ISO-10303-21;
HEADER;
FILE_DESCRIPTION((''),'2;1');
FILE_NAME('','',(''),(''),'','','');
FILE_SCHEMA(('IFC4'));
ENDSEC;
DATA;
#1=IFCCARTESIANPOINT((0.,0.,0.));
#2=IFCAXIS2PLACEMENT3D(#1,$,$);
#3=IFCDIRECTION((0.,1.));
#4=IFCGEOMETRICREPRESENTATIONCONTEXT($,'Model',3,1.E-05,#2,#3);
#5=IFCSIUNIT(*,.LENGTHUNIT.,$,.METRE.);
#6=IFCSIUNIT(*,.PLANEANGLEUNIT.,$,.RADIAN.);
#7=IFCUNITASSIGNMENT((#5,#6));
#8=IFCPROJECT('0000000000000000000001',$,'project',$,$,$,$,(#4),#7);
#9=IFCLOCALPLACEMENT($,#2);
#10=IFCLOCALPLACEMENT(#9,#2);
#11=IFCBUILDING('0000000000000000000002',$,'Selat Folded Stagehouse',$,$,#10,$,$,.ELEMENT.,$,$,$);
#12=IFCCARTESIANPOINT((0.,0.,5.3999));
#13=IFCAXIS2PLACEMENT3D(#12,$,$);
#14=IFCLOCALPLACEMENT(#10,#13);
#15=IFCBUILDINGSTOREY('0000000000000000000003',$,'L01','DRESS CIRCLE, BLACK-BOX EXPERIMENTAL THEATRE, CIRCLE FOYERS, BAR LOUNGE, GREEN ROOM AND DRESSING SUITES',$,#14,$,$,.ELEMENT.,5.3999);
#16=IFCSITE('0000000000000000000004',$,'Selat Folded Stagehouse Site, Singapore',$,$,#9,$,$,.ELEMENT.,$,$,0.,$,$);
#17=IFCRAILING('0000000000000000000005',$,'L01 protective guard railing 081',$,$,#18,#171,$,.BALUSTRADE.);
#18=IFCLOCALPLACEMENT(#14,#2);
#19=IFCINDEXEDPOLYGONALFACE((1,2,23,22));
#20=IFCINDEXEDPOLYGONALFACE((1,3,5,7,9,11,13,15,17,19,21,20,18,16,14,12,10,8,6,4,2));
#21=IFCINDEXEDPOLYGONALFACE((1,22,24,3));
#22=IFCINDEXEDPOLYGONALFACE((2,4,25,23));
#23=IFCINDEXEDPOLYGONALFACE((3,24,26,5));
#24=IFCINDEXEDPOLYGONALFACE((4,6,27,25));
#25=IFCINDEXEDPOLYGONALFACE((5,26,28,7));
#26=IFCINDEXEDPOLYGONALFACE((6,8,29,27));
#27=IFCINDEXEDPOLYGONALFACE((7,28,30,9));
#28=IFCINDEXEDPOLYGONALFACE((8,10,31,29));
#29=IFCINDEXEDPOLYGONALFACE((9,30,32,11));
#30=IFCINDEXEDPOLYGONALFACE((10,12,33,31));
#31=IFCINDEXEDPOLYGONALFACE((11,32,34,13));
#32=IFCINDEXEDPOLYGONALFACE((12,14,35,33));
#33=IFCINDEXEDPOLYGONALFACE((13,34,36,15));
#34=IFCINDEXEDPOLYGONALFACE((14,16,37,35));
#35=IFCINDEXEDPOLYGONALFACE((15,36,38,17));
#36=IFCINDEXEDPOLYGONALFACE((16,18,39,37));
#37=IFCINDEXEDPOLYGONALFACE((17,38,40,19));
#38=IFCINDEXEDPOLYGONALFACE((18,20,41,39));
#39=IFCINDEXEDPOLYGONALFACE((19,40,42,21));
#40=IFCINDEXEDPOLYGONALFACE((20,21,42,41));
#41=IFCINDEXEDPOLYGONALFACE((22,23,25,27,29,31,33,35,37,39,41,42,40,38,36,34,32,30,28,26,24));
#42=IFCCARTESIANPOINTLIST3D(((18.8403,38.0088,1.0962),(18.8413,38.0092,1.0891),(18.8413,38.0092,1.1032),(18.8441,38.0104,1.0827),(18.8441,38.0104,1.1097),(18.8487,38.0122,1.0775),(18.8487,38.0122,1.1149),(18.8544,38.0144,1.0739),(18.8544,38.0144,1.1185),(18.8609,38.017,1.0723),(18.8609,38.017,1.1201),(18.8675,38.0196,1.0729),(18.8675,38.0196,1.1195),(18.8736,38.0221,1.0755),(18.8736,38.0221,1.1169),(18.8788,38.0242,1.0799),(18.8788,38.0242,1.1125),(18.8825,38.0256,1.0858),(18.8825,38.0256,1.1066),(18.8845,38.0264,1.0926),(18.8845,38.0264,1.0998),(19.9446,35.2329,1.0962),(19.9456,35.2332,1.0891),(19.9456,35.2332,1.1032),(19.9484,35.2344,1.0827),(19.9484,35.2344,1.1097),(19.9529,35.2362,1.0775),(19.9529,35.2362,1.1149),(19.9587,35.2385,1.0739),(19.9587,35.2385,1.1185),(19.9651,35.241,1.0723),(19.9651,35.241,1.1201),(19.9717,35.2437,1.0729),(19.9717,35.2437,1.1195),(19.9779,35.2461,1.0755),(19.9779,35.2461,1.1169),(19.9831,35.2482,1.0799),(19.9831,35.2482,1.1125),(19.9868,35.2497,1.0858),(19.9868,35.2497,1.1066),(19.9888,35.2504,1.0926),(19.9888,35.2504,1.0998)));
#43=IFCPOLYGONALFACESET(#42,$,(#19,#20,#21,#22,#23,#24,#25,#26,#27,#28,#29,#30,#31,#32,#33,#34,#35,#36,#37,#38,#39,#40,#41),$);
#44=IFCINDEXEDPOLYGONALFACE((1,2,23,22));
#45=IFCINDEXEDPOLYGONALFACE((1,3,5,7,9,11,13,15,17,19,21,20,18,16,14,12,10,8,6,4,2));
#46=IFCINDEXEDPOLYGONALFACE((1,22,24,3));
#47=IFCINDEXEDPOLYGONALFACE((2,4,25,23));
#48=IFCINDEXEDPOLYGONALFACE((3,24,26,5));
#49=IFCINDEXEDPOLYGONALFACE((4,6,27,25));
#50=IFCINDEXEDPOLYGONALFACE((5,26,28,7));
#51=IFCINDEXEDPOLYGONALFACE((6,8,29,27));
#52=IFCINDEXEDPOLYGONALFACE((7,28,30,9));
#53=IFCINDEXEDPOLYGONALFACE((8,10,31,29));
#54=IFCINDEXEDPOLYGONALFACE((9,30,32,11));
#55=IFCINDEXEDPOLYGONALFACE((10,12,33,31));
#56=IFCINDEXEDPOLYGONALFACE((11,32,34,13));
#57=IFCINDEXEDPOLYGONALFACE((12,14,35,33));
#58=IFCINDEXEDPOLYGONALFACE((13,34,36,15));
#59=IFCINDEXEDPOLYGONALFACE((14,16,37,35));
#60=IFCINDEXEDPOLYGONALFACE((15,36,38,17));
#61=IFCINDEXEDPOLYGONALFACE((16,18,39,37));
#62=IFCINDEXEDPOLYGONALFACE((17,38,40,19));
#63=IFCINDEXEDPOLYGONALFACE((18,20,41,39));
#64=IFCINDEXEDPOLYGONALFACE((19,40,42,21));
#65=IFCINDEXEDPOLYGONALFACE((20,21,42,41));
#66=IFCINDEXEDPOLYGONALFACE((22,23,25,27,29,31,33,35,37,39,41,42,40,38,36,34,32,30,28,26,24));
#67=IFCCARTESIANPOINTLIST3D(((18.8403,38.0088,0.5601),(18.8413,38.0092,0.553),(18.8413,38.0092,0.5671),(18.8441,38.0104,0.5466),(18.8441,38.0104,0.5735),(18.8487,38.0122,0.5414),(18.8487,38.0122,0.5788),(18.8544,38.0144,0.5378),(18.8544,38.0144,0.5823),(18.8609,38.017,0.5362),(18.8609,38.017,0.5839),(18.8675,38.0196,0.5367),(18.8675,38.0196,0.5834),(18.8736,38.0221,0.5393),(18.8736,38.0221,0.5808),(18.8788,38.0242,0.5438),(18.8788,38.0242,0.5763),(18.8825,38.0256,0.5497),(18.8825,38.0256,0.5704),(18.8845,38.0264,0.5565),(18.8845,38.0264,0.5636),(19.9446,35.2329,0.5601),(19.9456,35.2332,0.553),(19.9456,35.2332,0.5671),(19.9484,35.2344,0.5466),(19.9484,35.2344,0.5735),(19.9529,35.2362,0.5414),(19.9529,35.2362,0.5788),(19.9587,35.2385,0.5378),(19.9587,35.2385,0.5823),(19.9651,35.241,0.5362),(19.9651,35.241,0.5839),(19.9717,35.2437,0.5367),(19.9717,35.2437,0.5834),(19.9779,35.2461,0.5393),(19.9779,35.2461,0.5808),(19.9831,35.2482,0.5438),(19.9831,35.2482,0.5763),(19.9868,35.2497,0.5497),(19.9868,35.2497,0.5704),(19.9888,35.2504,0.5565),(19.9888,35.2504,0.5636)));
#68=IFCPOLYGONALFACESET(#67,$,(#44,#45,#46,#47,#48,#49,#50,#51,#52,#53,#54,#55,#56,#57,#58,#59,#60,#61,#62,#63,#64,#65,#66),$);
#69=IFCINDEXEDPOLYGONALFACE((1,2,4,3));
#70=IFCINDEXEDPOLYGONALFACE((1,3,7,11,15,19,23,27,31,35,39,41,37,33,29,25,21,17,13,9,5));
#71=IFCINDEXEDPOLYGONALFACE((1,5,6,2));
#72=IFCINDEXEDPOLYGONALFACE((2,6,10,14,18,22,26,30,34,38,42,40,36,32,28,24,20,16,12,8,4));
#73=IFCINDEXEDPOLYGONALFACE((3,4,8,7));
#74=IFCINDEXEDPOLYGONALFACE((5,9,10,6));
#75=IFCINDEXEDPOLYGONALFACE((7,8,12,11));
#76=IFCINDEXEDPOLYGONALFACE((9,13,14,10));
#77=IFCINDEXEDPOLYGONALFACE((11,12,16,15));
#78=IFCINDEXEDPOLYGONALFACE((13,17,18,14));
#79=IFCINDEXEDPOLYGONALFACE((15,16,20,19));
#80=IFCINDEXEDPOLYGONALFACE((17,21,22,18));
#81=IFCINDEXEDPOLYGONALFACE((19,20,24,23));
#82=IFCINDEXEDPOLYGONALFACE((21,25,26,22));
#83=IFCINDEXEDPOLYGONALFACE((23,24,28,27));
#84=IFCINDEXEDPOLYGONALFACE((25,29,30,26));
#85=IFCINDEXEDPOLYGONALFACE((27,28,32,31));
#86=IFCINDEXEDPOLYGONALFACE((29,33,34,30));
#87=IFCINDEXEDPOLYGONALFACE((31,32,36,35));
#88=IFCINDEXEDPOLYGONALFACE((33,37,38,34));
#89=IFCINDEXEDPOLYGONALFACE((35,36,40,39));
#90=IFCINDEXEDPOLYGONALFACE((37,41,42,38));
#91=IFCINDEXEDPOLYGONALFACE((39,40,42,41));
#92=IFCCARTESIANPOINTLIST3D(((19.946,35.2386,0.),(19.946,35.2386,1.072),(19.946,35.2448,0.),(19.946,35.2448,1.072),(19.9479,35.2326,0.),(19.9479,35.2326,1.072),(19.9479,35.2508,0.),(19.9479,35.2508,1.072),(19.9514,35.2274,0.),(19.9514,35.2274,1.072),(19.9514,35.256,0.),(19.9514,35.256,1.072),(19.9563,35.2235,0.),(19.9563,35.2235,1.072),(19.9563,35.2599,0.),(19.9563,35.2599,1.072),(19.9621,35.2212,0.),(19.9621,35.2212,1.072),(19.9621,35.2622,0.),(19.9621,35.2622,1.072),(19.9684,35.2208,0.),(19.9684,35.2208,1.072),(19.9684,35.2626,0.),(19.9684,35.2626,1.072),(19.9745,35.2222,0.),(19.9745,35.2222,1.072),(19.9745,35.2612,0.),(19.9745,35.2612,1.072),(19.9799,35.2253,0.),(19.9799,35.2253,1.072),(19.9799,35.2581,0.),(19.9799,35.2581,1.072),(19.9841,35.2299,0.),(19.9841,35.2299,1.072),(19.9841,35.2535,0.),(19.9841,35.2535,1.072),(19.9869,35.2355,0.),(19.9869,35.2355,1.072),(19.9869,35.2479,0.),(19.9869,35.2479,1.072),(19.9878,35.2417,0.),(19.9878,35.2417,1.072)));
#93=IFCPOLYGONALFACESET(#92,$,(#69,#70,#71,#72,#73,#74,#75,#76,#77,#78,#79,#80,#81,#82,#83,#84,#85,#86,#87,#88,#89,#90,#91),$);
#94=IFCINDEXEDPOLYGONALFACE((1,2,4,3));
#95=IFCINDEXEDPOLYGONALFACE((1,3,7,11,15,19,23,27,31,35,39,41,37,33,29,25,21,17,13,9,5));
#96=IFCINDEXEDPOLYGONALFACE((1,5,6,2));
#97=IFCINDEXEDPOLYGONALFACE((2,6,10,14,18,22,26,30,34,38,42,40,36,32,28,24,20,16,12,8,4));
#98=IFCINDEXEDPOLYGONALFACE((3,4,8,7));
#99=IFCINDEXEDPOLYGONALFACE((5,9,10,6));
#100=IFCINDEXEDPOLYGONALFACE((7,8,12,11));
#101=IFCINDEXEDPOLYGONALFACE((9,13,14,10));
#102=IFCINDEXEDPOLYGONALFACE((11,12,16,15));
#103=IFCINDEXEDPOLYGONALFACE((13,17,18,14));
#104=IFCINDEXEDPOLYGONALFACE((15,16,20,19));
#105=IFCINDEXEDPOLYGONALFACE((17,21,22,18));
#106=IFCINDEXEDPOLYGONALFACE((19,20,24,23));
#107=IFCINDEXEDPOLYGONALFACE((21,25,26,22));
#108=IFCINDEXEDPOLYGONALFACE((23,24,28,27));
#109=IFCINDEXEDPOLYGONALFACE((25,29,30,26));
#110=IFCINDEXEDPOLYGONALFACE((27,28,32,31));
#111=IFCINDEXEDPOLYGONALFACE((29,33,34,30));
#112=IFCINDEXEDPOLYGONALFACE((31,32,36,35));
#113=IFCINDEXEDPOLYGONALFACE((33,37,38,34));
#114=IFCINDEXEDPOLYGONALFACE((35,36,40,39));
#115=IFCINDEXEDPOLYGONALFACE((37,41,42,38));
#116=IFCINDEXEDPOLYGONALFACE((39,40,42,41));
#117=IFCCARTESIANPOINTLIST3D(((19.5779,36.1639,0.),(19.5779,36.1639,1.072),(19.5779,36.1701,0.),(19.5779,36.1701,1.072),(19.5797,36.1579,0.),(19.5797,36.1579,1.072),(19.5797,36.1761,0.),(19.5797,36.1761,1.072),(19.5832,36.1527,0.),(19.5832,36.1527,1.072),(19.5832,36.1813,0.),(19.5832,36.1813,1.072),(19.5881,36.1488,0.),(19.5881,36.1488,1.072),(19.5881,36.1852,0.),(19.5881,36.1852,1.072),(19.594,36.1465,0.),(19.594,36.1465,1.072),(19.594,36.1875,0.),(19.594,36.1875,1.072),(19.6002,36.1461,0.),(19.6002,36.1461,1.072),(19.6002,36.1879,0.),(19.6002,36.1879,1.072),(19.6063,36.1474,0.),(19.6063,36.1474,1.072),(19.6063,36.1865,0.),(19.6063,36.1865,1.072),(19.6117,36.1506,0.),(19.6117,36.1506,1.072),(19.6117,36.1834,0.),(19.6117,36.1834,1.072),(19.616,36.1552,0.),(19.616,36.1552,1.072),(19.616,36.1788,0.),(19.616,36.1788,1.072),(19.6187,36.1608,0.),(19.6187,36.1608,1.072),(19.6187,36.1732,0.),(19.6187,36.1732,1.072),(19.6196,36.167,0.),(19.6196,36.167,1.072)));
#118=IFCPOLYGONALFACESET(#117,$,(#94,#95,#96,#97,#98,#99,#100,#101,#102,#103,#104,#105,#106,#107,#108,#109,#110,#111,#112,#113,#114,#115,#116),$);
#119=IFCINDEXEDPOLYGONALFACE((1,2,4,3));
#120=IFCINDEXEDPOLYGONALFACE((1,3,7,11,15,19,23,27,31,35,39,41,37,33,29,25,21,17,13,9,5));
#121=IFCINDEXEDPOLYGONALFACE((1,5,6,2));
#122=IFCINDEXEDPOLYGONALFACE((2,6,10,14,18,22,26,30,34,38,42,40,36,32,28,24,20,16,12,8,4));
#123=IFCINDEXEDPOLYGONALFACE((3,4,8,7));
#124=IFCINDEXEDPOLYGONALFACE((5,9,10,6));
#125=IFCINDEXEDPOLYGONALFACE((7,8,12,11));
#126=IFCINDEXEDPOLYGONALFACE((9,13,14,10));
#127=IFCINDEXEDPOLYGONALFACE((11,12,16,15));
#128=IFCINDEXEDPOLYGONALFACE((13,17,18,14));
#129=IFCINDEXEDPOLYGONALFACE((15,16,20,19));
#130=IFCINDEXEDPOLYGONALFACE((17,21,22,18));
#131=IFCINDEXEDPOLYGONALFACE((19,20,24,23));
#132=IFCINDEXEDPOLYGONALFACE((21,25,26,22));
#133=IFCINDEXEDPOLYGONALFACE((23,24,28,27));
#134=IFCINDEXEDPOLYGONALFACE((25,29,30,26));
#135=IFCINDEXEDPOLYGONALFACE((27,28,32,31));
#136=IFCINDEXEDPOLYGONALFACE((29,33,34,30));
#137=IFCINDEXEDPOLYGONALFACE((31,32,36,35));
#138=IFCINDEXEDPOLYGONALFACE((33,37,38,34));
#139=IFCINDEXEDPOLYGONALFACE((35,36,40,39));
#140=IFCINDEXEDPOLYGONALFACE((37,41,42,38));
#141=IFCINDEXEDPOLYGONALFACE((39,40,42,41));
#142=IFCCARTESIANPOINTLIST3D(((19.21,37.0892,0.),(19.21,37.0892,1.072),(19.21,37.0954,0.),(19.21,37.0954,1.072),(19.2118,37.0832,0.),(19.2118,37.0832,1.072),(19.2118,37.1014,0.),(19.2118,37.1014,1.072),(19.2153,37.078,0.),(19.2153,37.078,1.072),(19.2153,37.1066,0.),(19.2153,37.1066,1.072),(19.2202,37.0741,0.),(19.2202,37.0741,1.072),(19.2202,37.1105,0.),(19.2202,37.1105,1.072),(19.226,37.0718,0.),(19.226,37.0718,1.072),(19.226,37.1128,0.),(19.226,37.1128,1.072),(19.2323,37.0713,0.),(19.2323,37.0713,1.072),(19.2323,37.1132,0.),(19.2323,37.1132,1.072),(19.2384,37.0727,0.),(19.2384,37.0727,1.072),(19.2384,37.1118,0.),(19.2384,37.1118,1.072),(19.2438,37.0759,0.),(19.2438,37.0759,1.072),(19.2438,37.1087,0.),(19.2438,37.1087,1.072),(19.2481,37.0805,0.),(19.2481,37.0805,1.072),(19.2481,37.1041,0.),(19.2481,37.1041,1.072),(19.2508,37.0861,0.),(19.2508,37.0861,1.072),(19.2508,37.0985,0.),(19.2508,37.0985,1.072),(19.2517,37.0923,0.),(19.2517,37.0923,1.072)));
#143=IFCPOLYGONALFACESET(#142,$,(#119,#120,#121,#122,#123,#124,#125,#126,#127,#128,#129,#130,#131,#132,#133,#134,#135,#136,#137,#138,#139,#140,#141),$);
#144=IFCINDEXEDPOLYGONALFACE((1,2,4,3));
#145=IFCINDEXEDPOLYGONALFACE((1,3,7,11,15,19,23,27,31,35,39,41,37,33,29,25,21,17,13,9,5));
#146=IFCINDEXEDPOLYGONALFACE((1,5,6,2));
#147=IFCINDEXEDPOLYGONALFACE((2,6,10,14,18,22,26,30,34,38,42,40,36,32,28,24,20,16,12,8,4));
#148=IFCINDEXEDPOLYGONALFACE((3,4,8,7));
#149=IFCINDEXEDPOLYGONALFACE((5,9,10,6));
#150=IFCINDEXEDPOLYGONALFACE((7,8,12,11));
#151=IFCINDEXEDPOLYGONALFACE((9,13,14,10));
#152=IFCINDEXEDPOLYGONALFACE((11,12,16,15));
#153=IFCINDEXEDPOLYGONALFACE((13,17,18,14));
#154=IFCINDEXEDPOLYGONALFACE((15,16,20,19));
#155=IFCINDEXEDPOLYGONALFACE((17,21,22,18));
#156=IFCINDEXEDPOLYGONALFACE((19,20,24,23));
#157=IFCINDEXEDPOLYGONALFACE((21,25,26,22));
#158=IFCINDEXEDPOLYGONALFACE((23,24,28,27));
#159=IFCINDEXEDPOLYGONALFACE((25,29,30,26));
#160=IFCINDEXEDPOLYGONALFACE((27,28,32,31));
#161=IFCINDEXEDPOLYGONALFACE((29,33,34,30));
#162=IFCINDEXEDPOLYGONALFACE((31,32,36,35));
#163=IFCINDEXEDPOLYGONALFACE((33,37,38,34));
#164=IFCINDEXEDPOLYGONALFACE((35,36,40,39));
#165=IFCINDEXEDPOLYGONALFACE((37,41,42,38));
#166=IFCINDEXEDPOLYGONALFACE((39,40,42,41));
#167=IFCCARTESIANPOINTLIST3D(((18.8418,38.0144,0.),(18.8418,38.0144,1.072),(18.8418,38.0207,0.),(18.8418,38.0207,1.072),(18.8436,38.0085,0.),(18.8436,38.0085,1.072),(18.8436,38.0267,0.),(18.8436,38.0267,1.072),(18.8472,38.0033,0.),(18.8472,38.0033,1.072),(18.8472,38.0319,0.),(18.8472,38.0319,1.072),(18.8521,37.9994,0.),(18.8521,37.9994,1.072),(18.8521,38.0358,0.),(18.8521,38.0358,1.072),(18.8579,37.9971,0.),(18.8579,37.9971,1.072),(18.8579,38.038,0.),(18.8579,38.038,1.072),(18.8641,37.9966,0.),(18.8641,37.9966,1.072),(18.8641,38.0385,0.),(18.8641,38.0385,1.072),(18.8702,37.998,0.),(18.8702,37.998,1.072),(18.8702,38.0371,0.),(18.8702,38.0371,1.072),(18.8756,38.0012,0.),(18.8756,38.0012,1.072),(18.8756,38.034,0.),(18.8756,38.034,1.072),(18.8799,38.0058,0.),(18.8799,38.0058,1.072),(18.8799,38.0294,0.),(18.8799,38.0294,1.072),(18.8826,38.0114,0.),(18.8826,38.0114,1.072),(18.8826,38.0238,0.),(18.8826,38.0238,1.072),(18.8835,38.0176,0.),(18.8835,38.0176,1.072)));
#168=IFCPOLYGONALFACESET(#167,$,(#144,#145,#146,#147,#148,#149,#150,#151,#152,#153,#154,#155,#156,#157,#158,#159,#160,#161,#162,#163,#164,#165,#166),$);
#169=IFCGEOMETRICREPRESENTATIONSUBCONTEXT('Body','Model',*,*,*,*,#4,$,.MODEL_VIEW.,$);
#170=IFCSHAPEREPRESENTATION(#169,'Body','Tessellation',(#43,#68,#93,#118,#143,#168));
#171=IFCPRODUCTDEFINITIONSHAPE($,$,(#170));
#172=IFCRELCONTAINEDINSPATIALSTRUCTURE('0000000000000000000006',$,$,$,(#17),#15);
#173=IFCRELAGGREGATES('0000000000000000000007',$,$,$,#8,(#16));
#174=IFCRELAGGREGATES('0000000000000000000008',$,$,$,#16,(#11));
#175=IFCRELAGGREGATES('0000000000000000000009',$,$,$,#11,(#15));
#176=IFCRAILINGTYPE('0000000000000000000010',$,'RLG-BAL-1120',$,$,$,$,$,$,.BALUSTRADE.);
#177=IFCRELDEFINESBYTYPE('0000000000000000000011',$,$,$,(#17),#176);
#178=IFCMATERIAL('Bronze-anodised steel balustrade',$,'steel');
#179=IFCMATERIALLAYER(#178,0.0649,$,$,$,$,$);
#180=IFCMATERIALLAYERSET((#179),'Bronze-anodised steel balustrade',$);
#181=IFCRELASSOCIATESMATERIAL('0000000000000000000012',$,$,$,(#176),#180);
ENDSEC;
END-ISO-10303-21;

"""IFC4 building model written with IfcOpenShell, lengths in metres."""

from ifc_helpers import new_model, si_unit, direction, frame, origin, origin_2d, place, context, subcontext, project, spatial, circle, extrude, material, layer, layer_set, type_object, element, save


model = new_model("IFC4")

# Units and contexts
model_context = context("Model", 3, precision=1e-05, world=origin(), true_north=direction((0.0, 1.0)))
body_context = subcontext(model_context, "Body", "Model", "MODEL_VIEW")
ifc_project = project(units=[si_unit("LENGTHUNIT", "METRE"), si_unit("PLANEANGLEUNIT", "RADIAN")], contexts=[model_context])

# Site, building, storey
site_placement = place(None, origin())
site = spatial("IfcSite", under=ifc_project, at=site_placement, Name="Selat Folded Stagehouse Site, Singapore", CompositionType="ELEMENT", RefElevation=0.0)
building_placement = place(site_placement, origin())
building = spatial("IfcBuilding", under=site, at=building_placement, Name="Selat Folded Stagehouse", CompositionType="ELEMENT")
storey_placement = place(building_placement, frame((0.0, 0.0, 5.3999)))
storey = spatial("IfcBuildingStorey", under=building, at=storey_placement, Name="L01", Description="DRESS CIRCLE, BLACK-BOX EXPERIMENTAL THEATRE, CIRCLE FOYERS, BAR LOUNGE, GREEN ROOM AND DRESSING SUITES", CompositionType="ELEMENT", Elevation=5.3999)

# Railing
ifc_material_1 = material(Name="Bronze-anodised steel balustrade", Category="steel")
ifc_layer_1 = layer(ifc_material_1, 0.0649)
ifc_layer_set_1 = layer_set([ifc_layer_1], Name="Bronze-anodised steel balustrade")
railing_type = type_object("IfcRailingType", Name="RLG-BAL-1120", PredefinedType="BALUSTRADE", material=ifc_layer_set_1)
railing_1_placement = place(storey_placement, frame((19.9668, 35.2417, 0.0)))
element("IfcRailing", 1, at=railing_1_placement, inside=storey, type_object=railing_type, Name="L01 protective guard railing 081", PredefinedType="BALUSTRADE", context=body_context, shape_type="SweptSolid", body=[
    extrude(circle(Radius=0.0239, at=origin_2d()), frame((0.0, 0.0, 1.0962), z_axis=(-0.369629, 0.92918, 0.0), x_axis=(-0.92918, -0.369629, 0.0)), (0.0, 0.0, 1.0), 2.9875),
    extrude(circle(Radius=0.0239, at=origin_2d()), frame((0.0, 0.0, 0.5601), z_axis=(-0.369629, 0.92918, 0.0), x_axis=(-0.92918, -0.369629, 0.0)), (0.0, 0.0, 1.0), 2.9875),
    extrude(circle(Radius=0.021, at=origin_2d()), origin(), (0.0, 0.0, 1.0), 1.072),
    extrude(circle(Radius=0.021, at=origin_2d()), frame((-0.3682, 0.9253, 0.0)), (0.0, 0.0, 1.0), 1.072),
    extrude(circle(Radius=0.021, at=origin_2d()), frame((-0.7361, 1.8506, 0.0)), (0.0, 0.0, 1.0), 1.072),
    extrude(circle(Radius=0.021, at=origin_2d()), frame((-1.1042, 2.7759, 0.0)), (0.0, 0.0, 1.0), 1.072),
])

save(model, "model.ifc")
